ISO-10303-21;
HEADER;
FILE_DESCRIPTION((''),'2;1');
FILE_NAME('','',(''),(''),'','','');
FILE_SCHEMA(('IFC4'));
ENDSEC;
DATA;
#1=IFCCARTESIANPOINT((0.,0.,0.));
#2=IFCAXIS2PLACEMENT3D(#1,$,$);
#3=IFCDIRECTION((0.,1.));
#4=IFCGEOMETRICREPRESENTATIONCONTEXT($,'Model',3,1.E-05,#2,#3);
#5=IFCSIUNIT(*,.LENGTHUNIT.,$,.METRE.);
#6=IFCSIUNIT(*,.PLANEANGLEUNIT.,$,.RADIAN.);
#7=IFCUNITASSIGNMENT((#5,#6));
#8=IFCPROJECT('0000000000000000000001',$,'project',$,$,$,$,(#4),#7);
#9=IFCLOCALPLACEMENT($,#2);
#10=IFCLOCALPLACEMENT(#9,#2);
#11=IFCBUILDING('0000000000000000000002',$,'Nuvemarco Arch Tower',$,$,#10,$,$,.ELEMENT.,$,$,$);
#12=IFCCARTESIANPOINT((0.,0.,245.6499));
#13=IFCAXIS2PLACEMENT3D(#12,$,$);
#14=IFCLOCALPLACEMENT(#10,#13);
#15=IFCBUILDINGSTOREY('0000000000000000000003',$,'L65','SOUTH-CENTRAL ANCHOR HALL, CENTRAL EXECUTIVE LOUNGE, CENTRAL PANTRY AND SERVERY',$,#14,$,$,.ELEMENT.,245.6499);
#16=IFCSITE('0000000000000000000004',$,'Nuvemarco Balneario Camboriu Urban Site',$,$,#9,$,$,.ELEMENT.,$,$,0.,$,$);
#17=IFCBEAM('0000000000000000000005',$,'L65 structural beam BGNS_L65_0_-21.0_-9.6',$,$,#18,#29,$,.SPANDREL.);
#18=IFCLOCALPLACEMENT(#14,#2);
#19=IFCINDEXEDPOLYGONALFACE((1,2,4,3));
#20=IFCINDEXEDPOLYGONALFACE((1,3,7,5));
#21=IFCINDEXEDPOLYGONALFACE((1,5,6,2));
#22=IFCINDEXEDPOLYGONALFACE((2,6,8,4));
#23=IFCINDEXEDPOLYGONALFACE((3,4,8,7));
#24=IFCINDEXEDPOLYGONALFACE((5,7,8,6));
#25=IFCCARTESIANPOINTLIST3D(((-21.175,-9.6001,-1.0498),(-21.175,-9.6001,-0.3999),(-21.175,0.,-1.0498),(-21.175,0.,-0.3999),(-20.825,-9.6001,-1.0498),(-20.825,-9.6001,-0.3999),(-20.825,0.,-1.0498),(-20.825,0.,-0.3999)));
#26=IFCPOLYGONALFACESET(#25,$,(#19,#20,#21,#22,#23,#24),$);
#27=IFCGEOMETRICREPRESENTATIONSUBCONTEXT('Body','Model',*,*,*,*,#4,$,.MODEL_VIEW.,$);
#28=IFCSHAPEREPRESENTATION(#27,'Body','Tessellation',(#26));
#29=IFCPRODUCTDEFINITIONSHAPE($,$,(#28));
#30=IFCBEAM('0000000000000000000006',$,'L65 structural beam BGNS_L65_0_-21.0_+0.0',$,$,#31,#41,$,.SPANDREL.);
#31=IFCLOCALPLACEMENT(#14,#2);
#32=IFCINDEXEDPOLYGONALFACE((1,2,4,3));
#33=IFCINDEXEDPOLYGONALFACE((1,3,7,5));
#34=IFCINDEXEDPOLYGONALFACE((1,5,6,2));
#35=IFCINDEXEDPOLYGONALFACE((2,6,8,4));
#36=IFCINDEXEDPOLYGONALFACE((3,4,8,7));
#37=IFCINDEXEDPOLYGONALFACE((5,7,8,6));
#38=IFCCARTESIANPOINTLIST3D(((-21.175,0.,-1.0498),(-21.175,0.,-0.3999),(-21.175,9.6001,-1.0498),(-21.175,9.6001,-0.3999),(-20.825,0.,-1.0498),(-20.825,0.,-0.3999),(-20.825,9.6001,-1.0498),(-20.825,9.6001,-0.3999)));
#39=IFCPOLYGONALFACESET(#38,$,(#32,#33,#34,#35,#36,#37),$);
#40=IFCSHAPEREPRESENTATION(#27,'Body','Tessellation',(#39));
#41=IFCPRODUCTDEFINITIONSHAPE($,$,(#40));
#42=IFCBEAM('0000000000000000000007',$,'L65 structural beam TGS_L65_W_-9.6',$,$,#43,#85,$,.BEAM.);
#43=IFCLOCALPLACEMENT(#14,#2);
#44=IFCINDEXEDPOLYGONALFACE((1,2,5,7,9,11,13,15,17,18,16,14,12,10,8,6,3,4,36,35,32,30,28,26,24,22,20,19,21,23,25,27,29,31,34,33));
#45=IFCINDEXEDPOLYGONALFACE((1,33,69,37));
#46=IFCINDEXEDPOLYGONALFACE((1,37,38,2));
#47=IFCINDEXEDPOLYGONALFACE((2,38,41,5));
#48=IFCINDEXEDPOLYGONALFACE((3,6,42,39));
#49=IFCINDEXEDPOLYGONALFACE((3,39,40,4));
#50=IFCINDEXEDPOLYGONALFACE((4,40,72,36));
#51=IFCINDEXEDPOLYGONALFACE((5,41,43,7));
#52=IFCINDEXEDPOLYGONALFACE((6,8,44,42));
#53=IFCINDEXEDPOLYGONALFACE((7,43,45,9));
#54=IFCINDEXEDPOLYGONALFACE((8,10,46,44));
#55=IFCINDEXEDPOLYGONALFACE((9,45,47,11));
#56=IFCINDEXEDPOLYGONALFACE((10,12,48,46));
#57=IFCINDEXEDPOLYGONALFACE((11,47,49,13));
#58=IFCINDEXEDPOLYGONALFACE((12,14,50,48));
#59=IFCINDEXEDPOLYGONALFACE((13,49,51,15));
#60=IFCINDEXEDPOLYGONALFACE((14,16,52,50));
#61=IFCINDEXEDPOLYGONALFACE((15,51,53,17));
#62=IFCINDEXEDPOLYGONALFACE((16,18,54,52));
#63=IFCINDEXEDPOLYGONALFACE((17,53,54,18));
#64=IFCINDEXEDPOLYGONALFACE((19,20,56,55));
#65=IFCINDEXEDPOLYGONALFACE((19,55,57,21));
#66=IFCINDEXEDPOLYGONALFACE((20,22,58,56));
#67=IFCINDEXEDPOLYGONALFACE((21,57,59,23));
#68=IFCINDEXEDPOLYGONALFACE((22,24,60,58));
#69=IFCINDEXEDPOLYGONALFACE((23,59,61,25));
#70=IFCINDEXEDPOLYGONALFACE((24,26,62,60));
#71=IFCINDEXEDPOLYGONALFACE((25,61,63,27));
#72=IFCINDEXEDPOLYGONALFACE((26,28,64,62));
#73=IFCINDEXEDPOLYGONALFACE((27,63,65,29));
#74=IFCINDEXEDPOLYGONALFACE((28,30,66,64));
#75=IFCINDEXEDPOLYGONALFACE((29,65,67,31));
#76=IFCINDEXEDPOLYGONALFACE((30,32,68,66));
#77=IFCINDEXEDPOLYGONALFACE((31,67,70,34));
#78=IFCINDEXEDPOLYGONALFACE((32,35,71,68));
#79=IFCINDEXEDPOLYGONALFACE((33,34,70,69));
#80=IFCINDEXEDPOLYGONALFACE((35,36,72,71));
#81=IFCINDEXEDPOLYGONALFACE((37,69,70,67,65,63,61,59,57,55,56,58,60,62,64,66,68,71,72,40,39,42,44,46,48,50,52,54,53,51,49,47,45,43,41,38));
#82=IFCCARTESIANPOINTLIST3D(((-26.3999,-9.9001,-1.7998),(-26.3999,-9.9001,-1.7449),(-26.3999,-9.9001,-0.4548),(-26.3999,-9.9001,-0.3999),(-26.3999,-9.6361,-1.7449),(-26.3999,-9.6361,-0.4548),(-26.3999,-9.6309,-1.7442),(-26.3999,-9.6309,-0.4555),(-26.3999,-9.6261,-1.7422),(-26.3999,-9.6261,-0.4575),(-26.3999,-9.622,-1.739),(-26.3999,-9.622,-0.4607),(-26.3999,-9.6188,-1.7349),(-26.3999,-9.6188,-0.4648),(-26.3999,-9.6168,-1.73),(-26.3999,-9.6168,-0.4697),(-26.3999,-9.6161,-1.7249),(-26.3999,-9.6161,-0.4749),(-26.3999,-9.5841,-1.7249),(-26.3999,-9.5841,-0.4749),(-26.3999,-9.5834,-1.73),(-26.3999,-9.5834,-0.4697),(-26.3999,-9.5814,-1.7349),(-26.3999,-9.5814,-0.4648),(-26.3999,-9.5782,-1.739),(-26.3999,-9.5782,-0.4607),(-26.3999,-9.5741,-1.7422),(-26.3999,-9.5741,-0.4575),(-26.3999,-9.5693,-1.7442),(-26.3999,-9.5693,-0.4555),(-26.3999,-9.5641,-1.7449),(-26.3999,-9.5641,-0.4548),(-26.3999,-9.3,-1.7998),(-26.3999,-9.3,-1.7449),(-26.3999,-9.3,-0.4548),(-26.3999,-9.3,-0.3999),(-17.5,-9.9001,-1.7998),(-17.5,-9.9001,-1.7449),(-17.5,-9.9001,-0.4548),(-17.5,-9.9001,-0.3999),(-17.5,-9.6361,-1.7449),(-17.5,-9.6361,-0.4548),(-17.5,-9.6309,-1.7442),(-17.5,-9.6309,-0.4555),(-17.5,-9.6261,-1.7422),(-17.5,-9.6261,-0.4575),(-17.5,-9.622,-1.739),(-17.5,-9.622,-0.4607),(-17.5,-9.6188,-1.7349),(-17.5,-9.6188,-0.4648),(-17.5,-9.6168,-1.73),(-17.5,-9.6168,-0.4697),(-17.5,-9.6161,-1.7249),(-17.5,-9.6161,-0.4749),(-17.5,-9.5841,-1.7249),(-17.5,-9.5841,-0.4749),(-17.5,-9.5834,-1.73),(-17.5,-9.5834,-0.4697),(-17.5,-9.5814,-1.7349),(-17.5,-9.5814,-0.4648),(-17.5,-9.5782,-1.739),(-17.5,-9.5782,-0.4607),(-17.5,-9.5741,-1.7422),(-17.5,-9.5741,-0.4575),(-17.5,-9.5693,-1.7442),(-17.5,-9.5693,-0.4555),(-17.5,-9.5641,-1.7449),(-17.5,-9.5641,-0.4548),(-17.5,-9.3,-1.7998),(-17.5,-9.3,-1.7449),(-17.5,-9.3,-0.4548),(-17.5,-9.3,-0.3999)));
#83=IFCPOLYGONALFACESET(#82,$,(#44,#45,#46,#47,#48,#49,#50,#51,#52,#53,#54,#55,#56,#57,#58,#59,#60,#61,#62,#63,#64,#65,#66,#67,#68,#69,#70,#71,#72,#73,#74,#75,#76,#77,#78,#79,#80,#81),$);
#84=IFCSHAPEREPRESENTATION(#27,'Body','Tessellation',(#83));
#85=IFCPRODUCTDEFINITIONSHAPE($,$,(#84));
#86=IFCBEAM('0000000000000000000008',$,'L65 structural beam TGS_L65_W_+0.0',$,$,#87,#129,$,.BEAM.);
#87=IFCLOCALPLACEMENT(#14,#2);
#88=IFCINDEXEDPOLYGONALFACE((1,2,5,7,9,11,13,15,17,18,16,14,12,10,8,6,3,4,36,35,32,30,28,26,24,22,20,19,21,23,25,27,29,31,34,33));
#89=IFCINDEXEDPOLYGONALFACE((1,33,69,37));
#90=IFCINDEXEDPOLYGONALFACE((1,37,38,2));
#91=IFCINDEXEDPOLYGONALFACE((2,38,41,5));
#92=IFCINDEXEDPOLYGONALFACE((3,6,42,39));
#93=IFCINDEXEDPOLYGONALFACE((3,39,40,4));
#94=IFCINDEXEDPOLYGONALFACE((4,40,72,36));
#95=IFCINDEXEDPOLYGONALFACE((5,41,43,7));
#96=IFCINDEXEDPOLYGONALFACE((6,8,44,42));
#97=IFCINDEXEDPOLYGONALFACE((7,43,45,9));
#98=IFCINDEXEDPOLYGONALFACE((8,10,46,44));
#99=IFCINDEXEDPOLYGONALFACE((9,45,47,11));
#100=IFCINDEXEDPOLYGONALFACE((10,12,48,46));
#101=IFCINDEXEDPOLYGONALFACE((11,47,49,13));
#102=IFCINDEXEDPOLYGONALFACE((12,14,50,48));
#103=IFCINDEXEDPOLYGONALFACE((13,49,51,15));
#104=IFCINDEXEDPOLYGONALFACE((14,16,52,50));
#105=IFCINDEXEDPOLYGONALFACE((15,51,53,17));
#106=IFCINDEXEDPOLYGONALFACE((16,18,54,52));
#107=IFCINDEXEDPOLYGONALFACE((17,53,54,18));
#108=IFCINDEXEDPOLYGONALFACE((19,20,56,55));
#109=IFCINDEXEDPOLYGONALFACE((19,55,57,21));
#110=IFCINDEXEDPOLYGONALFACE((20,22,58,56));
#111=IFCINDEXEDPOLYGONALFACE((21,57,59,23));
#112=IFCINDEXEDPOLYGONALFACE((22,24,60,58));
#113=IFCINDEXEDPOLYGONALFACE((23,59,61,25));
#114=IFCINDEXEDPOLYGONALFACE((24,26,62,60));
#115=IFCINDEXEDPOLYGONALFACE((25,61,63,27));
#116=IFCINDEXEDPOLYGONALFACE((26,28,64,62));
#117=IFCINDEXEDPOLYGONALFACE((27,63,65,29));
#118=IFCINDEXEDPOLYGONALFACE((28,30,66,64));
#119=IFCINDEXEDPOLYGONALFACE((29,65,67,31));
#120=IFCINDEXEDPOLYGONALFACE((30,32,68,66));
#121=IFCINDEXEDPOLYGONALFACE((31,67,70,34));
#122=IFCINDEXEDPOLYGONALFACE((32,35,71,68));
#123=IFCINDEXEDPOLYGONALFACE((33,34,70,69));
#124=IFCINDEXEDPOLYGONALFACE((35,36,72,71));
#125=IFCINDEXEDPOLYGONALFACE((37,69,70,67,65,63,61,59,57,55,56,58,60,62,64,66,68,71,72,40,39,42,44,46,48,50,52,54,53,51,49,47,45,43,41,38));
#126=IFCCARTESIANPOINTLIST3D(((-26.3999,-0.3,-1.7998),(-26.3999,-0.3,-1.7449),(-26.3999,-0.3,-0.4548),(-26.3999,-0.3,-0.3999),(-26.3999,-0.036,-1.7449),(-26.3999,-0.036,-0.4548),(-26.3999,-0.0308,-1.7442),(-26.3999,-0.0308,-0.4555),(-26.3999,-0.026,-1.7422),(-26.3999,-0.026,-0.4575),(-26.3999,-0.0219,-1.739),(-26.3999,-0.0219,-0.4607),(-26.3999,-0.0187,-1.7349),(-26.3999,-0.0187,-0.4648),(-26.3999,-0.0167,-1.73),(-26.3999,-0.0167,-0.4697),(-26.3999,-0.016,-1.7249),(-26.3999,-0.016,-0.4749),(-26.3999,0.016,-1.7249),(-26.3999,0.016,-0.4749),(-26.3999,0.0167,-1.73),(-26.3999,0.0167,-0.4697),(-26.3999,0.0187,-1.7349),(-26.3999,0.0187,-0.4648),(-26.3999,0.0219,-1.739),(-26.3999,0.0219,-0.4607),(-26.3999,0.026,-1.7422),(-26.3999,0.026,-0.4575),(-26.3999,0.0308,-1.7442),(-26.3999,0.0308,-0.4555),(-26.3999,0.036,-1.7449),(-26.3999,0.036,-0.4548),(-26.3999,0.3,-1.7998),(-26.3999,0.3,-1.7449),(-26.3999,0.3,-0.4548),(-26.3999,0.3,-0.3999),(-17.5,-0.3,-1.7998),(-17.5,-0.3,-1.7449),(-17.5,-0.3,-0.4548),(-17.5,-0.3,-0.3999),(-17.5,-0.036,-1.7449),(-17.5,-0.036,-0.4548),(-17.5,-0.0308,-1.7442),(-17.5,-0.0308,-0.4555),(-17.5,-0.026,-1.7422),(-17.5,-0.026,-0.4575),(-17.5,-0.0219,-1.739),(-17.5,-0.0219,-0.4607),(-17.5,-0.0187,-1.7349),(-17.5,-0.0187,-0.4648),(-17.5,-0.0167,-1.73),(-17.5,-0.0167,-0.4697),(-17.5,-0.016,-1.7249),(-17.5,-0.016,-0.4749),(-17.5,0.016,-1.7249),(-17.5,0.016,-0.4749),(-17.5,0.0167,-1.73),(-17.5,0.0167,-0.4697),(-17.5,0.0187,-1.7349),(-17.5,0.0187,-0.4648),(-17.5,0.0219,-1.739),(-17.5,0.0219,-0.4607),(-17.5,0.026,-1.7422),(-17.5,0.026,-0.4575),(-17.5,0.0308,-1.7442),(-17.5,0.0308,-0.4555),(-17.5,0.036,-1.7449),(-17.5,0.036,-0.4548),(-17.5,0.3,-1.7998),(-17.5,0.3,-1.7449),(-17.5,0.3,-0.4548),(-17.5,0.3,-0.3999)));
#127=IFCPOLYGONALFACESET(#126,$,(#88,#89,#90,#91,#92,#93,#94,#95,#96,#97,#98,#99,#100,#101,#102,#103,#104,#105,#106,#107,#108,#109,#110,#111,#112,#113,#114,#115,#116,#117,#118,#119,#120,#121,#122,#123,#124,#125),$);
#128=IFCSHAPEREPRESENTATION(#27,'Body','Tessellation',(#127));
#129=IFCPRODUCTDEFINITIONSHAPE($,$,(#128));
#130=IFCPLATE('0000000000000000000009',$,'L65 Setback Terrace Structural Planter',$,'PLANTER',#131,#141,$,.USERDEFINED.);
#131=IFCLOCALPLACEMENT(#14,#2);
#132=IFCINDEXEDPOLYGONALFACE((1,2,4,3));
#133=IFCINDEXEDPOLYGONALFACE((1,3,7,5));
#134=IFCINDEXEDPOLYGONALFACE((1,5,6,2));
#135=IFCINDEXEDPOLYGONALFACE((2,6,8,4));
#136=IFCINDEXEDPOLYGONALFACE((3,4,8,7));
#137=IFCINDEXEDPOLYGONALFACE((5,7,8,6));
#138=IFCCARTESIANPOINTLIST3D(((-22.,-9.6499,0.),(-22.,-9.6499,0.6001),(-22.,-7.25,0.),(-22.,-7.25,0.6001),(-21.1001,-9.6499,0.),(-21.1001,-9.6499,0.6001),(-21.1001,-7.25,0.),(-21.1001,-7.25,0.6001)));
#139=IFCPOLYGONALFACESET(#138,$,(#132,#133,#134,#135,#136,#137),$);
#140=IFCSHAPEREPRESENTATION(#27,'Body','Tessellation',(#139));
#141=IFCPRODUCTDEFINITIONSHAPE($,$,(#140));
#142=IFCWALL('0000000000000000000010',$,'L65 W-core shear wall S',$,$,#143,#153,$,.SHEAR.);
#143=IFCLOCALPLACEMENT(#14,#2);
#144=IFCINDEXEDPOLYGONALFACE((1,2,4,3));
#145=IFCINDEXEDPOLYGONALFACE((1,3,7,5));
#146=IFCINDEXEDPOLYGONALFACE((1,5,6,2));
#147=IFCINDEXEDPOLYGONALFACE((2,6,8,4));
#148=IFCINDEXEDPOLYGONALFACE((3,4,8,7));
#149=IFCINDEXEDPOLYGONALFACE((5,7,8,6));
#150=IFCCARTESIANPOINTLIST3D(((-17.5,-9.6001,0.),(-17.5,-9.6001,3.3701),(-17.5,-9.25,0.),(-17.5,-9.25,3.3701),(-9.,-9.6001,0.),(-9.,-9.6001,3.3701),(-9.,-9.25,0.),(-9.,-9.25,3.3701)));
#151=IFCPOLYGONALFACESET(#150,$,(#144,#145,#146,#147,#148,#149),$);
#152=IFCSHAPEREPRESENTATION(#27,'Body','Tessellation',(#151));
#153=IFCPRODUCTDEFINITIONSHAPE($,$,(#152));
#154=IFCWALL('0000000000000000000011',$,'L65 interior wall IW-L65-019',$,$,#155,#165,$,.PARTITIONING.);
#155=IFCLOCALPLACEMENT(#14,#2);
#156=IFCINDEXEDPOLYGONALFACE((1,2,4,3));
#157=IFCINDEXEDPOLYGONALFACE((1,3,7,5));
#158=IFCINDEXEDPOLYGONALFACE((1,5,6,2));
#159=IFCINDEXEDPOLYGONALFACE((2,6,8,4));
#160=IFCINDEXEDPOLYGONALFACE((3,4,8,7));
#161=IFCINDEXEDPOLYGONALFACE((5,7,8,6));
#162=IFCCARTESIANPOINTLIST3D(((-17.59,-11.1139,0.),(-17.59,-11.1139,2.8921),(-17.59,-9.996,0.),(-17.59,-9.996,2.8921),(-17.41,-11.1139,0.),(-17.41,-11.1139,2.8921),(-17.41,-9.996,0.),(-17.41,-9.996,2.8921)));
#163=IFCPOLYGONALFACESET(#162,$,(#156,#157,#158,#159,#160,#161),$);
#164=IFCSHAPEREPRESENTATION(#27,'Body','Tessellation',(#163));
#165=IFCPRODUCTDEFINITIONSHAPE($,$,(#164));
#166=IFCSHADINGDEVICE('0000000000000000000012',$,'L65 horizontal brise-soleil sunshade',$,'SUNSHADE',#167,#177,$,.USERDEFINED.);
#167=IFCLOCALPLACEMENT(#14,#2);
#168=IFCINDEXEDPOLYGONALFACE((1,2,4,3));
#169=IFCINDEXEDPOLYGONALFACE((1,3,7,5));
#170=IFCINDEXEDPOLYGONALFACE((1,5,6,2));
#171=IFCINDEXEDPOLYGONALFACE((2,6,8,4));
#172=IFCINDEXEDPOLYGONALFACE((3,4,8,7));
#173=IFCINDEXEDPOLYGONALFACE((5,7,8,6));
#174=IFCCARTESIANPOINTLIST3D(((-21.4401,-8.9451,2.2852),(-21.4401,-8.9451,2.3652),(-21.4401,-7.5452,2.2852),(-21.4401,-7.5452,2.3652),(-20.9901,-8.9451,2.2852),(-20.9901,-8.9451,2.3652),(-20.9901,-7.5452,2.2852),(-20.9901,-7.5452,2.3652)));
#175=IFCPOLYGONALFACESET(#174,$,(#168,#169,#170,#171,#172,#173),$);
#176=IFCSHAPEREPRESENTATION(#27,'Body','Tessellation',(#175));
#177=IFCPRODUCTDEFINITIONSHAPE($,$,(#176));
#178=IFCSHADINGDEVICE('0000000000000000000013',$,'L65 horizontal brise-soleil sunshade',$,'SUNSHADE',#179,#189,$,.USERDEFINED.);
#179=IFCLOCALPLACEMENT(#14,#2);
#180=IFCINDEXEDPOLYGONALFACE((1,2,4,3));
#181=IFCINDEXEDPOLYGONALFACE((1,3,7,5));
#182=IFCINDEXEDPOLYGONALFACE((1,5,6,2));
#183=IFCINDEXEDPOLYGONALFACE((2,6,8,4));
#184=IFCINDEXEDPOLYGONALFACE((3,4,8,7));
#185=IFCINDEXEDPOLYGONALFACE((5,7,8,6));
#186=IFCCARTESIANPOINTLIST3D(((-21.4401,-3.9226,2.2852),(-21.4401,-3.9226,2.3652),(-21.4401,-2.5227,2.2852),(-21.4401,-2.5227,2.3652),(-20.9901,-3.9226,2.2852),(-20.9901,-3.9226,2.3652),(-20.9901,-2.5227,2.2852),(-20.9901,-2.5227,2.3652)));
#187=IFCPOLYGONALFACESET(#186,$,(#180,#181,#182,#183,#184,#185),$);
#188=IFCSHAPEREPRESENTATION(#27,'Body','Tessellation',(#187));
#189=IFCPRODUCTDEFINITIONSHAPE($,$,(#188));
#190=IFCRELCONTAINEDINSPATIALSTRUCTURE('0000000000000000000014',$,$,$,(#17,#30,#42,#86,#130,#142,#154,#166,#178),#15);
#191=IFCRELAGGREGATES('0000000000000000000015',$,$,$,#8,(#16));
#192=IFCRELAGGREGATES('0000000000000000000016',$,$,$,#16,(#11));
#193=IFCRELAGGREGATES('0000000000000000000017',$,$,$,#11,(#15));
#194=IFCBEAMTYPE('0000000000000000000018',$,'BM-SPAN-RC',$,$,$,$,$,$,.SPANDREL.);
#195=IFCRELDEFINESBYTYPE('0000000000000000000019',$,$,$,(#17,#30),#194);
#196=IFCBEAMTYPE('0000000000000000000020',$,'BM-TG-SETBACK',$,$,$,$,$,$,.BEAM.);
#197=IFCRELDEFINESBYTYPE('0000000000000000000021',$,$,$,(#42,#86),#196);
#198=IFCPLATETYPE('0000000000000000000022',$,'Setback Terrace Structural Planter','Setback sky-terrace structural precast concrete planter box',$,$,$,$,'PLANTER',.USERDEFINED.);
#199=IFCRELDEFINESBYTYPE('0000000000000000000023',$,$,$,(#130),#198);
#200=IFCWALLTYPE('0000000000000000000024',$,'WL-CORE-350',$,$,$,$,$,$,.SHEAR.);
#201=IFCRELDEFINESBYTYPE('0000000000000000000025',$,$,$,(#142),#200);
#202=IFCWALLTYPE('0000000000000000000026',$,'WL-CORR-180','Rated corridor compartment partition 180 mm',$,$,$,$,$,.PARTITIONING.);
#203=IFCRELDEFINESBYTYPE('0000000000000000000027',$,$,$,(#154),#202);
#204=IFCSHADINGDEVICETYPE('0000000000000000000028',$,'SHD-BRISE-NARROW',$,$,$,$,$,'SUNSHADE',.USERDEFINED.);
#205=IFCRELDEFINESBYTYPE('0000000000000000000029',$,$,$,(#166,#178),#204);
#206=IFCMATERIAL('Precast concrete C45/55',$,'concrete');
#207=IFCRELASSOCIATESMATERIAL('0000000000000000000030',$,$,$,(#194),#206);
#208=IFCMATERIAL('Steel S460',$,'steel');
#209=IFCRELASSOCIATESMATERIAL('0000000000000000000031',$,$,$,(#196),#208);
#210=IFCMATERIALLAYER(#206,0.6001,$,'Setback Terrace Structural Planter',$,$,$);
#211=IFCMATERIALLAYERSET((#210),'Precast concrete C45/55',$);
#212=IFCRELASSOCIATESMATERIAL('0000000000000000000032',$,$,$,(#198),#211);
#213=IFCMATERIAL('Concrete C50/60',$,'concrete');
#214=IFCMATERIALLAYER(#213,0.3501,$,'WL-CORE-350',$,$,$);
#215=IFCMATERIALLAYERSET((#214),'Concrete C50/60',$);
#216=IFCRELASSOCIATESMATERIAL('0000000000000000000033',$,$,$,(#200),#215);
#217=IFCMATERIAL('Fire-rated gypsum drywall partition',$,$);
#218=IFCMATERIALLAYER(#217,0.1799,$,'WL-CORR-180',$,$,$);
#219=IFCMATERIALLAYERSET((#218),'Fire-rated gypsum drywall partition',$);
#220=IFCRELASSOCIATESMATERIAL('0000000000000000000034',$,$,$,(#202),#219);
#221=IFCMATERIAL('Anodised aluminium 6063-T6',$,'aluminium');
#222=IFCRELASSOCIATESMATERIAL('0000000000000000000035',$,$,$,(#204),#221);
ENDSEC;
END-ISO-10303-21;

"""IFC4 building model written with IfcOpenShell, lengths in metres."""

from ifc_helpers import new_model, si_unit, direction, frame, frame_2d, origin, origin_2d, place, context, subcontext, project, spatial, rectangle, i_section, extrude, source, transform, mapped, material, layer, layer_set, material_profile, profile_set, type_object, type_shapes, element, save


model = new_model("IFC4")

# Units and contexts
model_context = context("Model", 3, precision=1e-05, world=origin(), true_north=direction((0.0, 1.0)))
body_context = subcontext(model_context, "Body", "Model", "MODEL_VIEW")
ifc_project = project(units=[si_unit("LENGTHUNIT", "METRE"), si_unit("PLANEANGLEUNIT", "RADIAN")], contexts=[model_context])

# Site, building, storey
site_placement = place(None, origin())
site = spatial("IfcSite", under=ifc_project, at=site_placement, Name="Nuvemarco Balneario Camboriu Urban Site", CompositionType="ELEMENT", RefElevation=0.0)
building_placement = place(site_placement, origin())
building = spatial("IfcBuilding", under=site, at=building_placement, Name="Nuvemarco Arch Tower", CompositionType="ELEMENT")
storey_placement = place(building_placement, frame((0.0, 0.0, 245.6499)))
storey = spatial("IfcBuildingStorey", under=building, at=storey_placement, Name="L65", Description="SOUTH-CENTRAL ANCHOR HALL, CENTRAL EXECUTIVE LOUNGE, CENTRAL PANTRY AND SERVERY", CompositionType="ELEMENT", Elevation=245.6499)

# Shared definitions
ifc_material_1 = material(Name="Concrete C50/60", Category="concrete")

# Beams
ifc_material_2 = material(Name="Precast concrete C45/55", Category="concrete")
ifc_material_profile_1 = material_profile(ifc_material_2, rectangle(XDim=0.3501, YDim=0.6499, at=origin_2d()), Name="PC-SP-350x650")
ifc_profile_set_1 = profile_set([ifc_material_profile_1], Name="Precast concrete C45/55")
beam_type_1 = type_object("IfcBeamType", Name="BM-SPAN-RC", PredefinedType="SPANDREL", material=ifc_profile_set_1)
for number, where, z_axis, x_axis, name in (
    (1, (-21.0, -9.6001, -0.7249), (0.0, 1.0, 0.0), (-1.0, 0.0, 0.0), "L65 structural beam BGNS_L65_0_-21.0_-9.6"),
    (2, (-21.0, 0.0, -0.7249), (0.0, 1.0, 0.0), (-1.0, 0.0, 0.0), "L65 structural beam BGNS_L65_0_-21.0_+0.0"),
):
    element("IfcBeam", number, at=place(storey_placement, frame(where, z_axis=z_axis, x_axis=x_axis)), inside=storey, type_object=beam_type_1, Name=name, PredefinedType="SPANDREL", context=body_context, shape_type="SweptSolid", body=[
        extrude(rectangle(XDim=0.3501, YDim=0.6499, at=origin_2d()), origin(), (0.0, 0.0, 1.0), 9.6001),
    ])
ifc_material_3 = material(Name="Steel S460", Category="steel")
ifc_material_profile_2 = material_profile(ifc_material_3, i_section(OverallWidth=0.6001, OverallDepth=1.3999, WebThickness=0.032, FlangeThickness=0.0549, FilletRadius=0.02, at=origin_2d()), Name="PG1400x600")
ifc_profile_set_2 = profile_set([ifc_material_profile_2], Name="Steel S460")
beam_type_2 = type_object("IfcBeamType", Name="BM-TG-SETBACK", PredefinedType="BEAM", material=ifc_profile_set_2)
for number, where, z_axis, x_axis, name in (
    (3, (-26.3999, -9.6001, -1.0999), (1.0, 0.0, 0.0), (0.0, 1.0, 0.0), "L65 structural beam TGS_L65_W_-9.6"),
    (4, (-26.3999, 0.0, -1.0999), (1.0, 0.0, 0.0), (0.0, 1.0, 0.0), "L65 structural beam TGS_L65_W_+0.0"),
):
    element("IfcBeam", number, at=place(storey_placement, frame(where, z_axis=z_axis, x_axis=x_axis)), inside=storey, type_object=beam_type_2, Name=name, PredefinedType="BEAM", context=body_context, shape_type="SweptSolid", body=[
        extrude(i_section(OverallWidth=0.6001, OverallDepth=1.3999, WebThickness=0.032, FlangeThickness=0.0549, FilletRadius=0.02, at=origin_2d()), origin(), (0.0, 0.0, 1.0), 8.8999),
    ])

# Plate
ifc_layer_1 = layer(ifc_material_2, 0.6001, Name="Setback Terrace Structural Planter")
ifc_layer_set_1 = layer_set([ifc_layer_1], Name="Precast concrete C45/55")
plate_type = type_object("IfcPlateType", Name="Setback Terrace Structural Planter", Description="Setback sky-terrace structural precast concrete planter box", ElementType="PLANTER", PredefinedType="USERDEFINED", material=ifc_layer_set_1)
shared_shape_1 = source(origin(), body_context, "Body", "SweptSolid", [
    extrude(rectangle(XDim=2.3999, YDim=0.8999, at=origin_2d()), origin(), (0.0, 0.0, 1.0), 0.6001),
])
type_shapes(plate_type, [shared_shape_1])
plate_placement = place(storey_placement, frame((-21.55, -8.45, 0.0), z_axis=(0.0, 0.0, 1.0), x_axis=(0.0, 1.0, 0.0)))
element("IfcPlate", 5, at=plate_placement, inside=storey, type_object=plate_type, Name="L65 Setback Terrace Structural Planter", ObjectType="PLANTER", PredefinedType="USERDEFINED", context=body_context, shape_type="MappedRepresentation", body=[
    mapped(shared_shape_1, transform((0.0, 0.0, 0.0), scale=1.0)),
])

# Walls
ifc_layer_2 = layer(ifc_material_1, 0.3501, Name="WL-CORE-350")
ifc_layer_set_2 = layer_set([ifc_layer_2], Name="Concrete C50/60")
wall_type_1 = type_object("IfcWallType", Name="WL-CORE-350", PredefinedType="SHEAR", material=ifc_layer_set_2)
wall_1_placement = place(storey_placement, frame((-17.5, -9.425, 0.0), z_axis=(0.0, 0.0, 1.0), x_axis=(1.0, 0.0, 0.0)))
element("IfcWall", 6, at=wall_1_placement, inside=storey, type_object=wall_type_1, Name="L65 W-core shear wall S", PredefinedType="SHEAR", context=body_context, shape_type="SweptSolid", body=[
    extrude(rectangle(XDim=8.5, YDim=0.3501, at=frame_2d((4.25, 0.0))), origin(), (0.0, 0.0, 1.0), 3.3701),
])
ifc_material_4 = material(Name="Fire-rated gypsum drywall partition")
ifc_layer_3 = layer(ifc_material_4, 0.1799, Name="WL-CORR-180")
ifc_layer_set_3 = layer_set([ifc_layer_3], Name="Fire-rated gypsum drywall partition")
wall_type_2 = type_object("IfcWallType", Name="WL-CORR-180", Description="Rated corridor compartment partition 180 mm", PredefinedType="PARTITIONING", material=ifc_layer_set_3)
wall_2_placement = place(storey_placement, frame((-17.5, -11.114, 0.0), z_axis=(0.0, 0.0, 1.0), x_axis=(0.0, 1.0, 0.0)))
element("IfcWall", 7, at=wall_2_placement, inside=storey, type_object=wall_type_2, Name="L65 interior wall IW-L65-019", PredefinedType="PARTITIONING", context=body_context, shape_type="SweptSolid", body=[
    extrude(rectangle(XDim=1.1179, YDim=0.1799, at=frame_2d((0.5591, 0.0))), origin(), (0.0, 0.0, 1.0), 2.8921),
])

# Shading devices
ifc_material_5 = material(Name="Anodised aluminium 6063-T6", Category="aluminium")
shading_device_type = type_object("IfcShadingDeviceType", Name="SHD-BRISE-NARROW", ElementType="SUNSHADE", PredefinedType="USERDEFINED", material=ifc_material_5)
shared_shape_2 = source(origin(), body_context, "Body", "SweptSolid", [
    extrude(rectangle(XDim=1.3999, YDim=0.45, at=origin_2d()), origin(), (0.0, 0.0, 1.0), 0.0801),
])
type_shapes(shading_device_type, [shared_shape_2])
for number, where, z_axis, x_axis, name in (
    (8, (-21.2151, -8.2451, 2.2852), (0.0, 0.0, 1.0), (0.0, 1.0, 0.0), "L65 horizontal brise-soleil sunshade"),
    (9, (-21.2151, -3.2227, 2.2852), (0.0, 0.0, 1.0), (0.0, 1.0, 0.0), "L65 horizontal brise-soleil sunshade"),
):
    element("IfcShadingDevice", number, at=place(storey_placement, frame(where, z_axis=z_axis, x_axis=x_axis)), inside=storey, type_object=shading_device_type, Name=name, ObjectType="SUNSHADE", PredefinedType="USERDEFINED", context=body_context, shape_type="MappedRepresentation", body=[
        mapped(shared_shape_2, transform((0.0, 0.0, 0.0), scale=1.0)),
    ])

save(model, "model.ifc")
